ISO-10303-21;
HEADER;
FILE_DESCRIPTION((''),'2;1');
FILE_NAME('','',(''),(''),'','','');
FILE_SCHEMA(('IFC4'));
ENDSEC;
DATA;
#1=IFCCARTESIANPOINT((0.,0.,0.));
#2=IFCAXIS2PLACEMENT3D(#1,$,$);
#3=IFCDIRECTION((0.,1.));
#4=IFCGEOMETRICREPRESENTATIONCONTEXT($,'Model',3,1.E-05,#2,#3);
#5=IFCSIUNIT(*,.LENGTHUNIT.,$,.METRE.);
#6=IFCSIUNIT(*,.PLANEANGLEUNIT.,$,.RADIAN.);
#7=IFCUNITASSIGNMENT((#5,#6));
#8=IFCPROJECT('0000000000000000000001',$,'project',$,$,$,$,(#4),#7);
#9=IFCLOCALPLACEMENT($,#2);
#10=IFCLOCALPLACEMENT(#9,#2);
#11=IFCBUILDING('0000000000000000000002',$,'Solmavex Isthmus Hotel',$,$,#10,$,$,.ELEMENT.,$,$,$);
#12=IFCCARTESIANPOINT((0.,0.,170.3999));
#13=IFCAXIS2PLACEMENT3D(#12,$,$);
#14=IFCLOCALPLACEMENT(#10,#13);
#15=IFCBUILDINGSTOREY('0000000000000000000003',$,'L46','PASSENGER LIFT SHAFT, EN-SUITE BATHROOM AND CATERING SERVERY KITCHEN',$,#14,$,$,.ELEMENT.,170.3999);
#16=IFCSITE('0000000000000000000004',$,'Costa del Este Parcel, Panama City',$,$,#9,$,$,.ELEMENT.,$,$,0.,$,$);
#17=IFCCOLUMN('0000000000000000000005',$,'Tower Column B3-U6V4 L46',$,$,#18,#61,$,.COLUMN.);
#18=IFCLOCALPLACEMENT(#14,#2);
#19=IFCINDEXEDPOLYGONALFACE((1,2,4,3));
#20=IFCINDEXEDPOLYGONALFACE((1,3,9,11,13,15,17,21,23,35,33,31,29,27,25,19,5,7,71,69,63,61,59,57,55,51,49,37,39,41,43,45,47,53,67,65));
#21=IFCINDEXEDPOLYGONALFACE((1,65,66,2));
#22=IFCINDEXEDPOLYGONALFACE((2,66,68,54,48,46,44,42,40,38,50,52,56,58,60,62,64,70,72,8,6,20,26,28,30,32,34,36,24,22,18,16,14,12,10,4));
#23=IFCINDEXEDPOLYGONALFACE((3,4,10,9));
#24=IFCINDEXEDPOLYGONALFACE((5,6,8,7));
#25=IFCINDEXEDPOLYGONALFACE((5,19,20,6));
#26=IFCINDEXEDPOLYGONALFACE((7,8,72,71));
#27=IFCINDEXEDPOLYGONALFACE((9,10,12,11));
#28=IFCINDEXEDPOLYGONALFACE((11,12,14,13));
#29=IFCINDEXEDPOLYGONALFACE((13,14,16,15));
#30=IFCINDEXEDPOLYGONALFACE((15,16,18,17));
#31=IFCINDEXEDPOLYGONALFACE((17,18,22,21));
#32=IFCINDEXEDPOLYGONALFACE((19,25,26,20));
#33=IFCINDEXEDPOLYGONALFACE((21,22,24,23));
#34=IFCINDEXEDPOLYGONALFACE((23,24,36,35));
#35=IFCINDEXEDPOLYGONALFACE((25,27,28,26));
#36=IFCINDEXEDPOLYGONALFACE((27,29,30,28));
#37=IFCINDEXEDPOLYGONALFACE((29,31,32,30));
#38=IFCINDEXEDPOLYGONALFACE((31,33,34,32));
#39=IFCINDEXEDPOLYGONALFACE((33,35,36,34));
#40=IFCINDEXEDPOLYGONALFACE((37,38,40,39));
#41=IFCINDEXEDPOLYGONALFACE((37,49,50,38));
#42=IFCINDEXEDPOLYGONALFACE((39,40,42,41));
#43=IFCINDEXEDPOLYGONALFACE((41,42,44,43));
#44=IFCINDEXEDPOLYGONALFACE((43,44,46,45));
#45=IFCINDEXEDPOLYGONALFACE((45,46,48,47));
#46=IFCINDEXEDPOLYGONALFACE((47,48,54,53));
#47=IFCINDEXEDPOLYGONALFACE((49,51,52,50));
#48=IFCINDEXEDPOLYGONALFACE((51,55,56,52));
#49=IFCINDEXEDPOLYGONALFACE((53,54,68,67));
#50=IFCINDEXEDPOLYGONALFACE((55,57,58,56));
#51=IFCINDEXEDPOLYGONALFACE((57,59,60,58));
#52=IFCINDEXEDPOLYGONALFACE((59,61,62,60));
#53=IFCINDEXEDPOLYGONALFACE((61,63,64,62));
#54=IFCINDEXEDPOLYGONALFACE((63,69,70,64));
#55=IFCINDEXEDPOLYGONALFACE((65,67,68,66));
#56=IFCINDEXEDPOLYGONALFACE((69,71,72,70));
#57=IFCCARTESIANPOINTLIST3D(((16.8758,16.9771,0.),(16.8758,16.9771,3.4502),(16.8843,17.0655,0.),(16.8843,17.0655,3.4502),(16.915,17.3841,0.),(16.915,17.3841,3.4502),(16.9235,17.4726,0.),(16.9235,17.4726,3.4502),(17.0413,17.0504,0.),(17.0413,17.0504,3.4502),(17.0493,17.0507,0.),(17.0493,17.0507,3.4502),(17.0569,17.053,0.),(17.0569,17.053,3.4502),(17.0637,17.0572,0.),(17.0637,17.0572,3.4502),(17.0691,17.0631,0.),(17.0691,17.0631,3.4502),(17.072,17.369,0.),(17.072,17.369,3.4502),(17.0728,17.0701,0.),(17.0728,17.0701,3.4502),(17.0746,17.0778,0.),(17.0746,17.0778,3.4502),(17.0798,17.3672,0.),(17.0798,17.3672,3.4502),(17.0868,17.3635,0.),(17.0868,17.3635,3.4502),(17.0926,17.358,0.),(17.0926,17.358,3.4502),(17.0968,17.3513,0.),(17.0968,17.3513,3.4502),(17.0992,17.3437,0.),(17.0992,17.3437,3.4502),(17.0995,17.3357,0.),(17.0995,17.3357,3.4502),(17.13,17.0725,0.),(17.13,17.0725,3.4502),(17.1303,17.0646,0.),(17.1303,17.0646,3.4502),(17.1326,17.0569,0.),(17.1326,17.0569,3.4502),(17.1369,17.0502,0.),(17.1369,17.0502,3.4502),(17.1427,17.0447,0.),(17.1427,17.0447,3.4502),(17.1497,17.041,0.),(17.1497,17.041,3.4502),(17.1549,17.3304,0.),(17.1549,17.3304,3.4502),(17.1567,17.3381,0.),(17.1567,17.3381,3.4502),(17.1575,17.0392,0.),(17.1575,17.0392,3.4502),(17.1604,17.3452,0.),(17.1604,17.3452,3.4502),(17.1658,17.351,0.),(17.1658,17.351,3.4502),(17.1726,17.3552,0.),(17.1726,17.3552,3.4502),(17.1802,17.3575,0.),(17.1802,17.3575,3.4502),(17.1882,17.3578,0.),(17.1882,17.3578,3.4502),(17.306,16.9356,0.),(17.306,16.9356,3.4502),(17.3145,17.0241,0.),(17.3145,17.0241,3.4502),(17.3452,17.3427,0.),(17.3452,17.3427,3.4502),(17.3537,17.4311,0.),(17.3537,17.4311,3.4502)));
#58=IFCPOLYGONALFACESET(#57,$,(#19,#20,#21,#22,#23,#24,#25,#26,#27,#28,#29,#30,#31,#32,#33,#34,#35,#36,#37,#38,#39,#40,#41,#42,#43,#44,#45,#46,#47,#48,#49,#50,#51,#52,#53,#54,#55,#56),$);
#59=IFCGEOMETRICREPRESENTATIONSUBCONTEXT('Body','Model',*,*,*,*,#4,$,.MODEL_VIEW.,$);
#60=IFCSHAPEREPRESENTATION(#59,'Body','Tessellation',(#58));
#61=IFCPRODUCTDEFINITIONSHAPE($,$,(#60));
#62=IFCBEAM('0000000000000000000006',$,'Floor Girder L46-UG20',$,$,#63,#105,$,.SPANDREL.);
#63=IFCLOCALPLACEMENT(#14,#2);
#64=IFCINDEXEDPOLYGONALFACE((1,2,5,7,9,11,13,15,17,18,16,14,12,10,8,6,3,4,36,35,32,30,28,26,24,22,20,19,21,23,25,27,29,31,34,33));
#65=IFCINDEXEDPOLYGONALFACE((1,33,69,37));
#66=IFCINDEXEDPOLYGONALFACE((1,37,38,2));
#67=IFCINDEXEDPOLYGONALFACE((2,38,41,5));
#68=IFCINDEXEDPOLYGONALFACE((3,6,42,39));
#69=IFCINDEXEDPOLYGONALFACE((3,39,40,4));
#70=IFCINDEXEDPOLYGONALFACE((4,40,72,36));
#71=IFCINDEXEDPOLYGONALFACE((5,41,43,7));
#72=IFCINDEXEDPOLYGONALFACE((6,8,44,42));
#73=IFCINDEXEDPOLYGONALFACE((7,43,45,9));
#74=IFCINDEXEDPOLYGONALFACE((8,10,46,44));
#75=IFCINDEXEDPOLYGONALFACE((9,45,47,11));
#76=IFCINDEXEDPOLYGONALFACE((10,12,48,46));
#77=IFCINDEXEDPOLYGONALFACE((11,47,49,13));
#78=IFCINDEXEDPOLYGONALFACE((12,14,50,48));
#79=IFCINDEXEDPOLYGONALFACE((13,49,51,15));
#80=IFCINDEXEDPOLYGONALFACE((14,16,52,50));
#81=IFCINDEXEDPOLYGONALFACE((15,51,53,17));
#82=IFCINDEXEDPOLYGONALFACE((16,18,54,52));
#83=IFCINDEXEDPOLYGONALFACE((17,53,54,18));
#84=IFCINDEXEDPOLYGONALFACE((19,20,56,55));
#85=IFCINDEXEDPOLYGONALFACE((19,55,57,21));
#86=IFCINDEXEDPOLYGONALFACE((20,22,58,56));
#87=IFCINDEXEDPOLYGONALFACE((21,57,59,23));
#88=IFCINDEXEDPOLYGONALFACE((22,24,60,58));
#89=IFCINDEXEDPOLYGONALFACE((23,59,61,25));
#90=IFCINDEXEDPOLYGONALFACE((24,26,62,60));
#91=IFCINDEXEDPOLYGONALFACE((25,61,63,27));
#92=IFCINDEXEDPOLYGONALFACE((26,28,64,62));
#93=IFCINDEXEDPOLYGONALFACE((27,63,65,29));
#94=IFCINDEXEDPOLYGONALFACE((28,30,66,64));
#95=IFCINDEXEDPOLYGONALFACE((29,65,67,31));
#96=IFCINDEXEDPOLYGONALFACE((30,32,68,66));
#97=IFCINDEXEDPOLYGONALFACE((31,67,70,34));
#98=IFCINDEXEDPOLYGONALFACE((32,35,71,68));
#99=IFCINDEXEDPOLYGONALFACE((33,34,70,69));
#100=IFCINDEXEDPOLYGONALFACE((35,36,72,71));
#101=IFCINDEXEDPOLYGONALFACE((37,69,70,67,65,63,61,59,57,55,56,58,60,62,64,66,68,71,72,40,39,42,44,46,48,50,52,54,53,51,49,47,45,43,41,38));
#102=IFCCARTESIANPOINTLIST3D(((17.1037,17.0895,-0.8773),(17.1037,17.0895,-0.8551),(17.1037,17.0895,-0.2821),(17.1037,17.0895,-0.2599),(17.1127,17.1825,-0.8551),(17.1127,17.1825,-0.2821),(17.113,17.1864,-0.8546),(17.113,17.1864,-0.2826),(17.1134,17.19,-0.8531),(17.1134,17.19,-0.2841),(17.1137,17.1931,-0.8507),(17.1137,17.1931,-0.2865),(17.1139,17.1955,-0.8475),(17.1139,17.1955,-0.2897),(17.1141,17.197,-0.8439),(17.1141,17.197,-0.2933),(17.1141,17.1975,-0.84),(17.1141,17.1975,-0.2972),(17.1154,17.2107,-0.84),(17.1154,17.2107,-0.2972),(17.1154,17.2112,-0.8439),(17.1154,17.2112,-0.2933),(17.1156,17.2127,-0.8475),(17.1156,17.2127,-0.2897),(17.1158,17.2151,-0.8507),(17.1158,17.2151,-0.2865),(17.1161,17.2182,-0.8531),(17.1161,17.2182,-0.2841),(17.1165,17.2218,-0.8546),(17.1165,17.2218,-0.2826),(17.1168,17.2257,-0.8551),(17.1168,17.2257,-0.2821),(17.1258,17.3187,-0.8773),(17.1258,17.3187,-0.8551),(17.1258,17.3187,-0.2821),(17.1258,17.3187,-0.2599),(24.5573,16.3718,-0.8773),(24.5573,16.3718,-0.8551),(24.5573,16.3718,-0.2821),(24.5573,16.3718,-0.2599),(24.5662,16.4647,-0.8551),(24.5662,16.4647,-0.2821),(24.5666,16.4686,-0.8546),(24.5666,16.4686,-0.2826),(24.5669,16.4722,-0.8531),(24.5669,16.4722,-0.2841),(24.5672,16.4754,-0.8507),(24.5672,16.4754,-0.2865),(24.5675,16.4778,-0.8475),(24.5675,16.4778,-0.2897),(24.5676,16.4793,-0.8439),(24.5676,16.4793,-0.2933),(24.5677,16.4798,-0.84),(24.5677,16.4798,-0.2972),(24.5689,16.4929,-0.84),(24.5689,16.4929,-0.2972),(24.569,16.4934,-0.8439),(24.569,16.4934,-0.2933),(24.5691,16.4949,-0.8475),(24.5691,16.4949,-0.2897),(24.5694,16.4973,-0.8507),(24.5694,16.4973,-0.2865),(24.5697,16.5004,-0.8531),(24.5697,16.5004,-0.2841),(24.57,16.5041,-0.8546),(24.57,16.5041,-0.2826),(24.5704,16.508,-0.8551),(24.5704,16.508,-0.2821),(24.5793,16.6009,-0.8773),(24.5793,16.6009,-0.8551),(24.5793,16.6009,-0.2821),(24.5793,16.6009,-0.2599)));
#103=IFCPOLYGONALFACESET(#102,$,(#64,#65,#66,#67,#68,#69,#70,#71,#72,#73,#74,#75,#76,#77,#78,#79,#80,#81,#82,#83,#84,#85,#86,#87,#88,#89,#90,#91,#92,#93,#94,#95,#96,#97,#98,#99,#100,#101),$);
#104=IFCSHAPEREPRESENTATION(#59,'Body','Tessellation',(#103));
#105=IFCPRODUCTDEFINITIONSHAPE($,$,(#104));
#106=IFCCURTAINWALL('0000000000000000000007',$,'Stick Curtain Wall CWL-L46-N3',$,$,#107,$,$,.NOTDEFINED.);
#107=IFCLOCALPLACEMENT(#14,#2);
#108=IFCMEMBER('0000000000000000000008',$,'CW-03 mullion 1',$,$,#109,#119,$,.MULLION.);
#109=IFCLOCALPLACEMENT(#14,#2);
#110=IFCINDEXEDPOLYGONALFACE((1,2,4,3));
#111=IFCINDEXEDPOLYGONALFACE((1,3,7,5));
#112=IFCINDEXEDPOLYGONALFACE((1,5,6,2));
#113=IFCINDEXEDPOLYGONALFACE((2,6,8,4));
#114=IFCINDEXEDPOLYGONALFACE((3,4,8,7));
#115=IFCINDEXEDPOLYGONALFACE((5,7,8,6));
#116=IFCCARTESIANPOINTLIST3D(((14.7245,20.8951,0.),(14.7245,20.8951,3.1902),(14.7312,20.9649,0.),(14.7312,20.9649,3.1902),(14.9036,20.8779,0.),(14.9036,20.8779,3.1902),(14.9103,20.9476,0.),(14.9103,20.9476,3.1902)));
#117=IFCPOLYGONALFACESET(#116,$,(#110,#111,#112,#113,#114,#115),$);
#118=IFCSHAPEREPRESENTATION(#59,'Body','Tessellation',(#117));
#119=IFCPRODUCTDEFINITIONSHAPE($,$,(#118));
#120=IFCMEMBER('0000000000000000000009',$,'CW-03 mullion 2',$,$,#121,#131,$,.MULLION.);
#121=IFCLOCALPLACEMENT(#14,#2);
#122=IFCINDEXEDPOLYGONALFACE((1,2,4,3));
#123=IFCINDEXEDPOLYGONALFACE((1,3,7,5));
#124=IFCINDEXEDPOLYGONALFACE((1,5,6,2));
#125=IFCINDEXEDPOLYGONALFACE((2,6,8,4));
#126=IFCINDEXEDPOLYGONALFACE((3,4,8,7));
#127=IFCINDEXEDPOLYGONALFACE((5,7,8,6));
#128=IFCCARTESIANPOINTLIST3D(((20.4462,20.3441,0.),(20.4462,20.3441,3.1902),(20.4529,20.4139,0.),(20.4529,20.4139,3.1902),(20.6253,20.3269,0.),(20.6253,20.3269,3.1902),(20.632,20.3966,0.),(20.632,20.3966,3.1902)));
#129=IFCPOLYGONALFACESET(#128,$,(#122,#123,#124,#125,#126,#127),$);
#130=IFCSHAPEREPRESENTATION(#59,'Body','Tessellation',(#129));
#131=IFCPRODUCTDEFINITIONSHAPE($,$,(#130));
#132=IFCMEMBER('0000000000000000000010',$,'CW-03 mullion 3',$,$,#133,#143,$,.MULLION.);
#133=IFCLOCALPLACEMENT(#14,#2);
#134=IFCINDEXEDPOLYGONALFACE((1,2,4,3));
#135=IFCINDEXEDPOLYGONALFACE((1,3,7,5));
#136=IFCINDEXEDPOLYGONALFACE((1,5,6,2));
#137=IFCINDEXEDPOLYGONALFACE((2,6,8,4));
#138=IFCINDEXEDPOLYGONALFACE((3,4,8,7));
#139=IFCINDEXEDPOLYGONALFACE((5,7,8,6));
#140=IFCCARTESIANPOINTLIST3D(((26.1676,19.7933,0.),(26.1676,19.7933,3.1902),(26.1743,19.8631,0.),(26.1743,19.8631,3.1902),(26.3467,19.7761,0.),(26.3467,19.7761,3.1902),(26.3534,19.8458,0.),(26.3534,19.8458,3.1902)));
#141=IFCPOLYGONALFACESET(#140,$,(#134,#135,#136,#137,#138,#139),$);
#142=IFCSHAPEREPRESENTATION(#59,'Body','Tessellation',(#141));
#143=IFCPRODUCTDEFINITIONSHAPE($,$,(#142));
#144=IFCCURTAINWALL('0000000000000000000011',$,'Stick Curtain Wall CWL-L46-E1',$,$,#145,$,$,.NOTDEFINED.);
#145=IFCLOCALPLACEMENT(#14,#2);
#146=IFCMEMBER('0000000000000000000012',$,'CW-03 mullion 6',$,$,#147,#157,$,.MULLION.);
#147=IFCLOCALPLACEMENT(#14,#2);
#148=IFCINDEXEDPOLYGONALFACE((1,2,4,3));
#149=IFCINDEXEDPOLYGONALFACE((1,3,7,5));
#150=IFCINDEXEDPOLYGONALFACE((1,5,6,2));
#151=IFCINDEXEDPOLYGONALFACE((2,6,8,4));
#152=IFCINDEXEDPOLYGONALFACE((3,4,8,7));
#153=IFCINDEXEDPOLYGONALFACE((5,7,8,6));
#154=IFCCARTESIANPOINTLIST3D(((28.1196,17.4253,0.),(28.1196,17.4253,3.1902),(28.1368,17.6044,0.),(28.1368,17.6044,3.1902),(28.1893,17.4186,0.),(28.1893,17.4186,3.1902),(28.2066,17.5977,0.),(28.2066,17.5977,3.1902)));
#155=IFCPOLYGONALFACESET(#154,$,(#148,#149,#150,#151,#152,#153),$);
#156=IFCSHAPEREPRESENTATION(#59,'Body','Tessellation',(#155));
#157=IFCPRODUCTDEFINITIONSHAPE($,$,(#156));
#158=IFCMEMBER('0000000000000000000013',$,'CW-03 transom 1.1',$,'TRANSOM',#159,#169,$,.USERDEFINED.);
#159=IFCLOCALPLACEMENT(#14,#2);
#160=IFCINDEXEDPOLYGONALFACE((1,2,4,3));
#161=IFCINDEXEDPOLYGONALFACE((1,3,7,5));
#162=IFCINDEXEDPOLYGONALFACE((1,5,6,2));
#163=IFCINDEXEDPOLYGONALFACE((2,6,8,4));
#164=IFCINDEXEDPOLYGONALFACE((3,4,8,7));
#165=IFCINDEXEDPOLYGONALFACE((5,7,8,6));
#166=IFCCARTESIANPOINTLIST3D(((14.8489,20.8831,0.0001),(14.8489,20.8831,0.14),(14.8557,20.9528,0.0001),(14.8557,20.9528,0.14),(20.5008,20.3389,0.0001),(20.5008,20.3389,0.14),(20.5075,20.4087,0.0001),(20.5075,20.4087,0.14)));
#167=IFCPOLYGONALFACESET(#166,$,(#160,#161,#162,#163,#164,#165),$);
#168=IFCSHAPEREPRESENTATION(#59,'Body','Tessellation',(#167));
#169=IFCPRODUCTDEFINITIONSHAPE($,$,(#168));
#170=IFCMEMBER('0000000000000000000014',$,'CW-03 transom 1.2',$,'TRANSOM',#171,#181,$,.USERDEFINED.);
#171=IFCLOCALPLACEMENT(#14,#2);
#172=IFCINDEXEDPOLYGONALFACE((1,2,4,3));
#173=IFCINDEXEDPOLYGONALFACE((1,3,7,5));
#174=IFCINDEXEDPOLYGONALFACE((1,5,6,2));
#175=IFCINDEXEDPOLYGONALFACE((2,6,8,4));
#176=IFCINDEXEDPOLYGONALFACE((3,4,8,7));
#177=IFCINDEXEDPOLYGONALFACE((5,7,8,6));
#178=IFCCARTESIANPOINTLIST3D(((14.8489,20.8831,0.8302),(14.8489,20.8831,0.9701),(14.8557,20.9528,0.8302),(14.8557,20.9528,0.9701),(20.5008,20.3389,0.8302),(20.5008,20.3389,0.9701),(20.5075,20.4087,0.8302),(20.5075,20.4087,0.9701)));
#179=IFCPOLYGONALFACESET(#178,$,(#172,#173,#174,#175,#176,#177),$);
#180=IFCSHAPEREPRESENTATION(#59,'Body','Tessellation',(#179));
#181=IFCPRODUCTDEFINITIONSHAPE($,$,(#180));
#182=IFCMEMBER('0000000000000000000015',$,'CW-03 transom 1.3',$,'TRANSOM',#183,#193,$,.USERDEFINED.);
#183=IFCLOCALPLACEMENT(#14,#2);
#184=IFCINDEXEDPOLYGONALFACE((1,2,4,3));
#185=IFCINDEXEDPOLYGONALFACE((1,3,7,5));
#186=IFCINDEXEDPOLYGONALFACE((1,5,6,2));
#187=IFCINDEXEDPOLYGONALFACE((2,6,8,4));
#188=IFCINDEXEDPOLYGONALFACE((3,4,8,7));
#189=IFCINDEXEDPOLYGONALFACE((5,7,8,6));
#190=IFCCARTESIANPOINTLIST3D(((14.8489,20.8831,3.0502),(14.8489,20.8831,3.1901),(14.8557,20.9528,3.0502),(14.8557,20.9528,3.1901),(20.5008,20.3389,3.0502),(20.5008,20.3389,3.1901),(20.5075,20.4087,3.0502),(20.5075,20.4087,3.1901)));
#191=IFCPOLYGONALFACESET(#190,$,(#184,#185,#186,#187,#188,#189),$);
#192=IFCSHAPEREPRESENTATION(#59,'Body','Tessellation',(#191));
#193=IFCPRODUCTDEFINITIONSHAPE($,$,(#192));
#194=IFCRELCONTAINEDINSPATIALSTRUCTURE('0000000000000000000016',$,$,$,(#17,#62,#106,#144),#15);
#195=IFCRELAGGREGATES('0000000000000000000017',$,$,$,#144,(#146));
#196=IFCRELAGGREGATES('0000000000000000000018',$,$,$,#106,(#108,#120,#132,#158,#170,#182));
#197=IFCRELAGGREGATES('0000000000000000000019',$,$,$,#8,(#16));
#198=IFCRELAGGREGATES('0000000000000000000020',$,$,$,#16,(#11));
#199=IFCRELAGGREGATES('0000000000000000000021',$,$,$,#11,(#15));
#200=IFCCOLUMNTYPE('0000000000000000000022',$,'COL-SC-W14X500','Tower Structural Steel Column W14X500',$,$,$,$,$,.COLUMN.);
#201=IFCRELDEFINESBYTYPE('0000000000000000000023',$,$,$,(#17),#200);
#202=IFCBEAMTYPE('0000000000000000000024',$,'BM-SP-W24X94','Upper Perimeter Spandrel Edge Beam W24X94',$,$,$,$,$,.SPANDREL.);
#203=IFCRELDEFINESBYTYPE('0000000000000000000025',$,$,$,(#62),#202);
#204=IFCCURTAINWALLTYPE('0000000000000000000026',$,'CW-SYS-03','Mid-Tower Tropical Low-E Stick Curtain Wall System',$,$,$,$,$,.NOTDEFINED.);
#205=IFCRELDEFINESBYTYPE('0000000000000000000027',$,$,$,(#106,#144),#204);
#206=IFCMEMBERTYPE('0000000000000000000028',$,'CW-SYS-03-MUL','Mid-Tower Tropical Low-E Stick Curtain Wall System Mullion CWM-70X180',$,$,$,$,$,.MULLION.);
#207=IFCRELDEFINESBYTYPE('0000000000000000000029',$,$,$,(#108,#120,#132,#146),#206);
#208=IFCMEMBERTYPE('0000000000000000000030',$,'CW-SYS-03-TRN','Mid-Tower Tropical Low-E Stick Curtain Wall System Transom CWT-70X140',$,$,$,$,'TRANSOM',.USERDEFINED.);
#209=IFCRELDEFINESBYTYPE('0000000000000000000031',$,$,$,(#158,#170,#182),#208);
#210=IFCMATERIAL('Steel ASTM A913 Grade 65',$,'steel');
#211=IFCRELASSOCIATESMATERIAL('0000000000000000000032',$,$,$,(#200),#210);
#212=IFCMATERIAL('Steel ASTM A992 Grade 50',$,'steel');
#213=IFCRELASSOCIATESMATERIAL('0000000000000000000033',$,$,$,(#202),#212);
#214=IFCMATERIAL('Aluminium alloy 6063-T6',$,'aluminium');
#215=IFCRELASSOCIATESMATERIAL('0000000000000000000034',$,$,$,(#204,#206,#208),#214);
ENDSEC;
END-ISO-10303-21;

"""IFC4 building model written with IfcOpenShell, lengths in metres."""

from ifc_helpers import new_model, si_unit, direction, frame, origin, origin_2d, place, context, subcontext, project, spatial, rectangle, i_section, extrude, material, material_profile, profile_set, type_object, element, aggregate, save


model = new_model("IFC4")

# Units and contexts
model_context = context("Model", 3, precision=1e-05, world=origin(), true_north=direction((0.0, 1.0)))
body_context = subcontext(model_context, "Body", "Model", "MODEL_VIEW")
ifc_project = project(units=[si_unit("LENGTHUNIT", "METRE"), si_unit("PLANEANGLEUNIT", "RADIAN")], contexts=[model_context])

# Site, building, storey
site_placement = place(None, origin())
site = spatial("IfcSite", under=ifc_project, at=site_placement, Name="Costa del Este Parcel, Panama City", CompositionType="ELEMENT", RefElevation=0.0)
building_placement = place(site_placement, origin())
building = spatial("IfcBuilding", under=site, at=building_placement, Name="Solmavex Isthmus Hotel", CompositionType="ELEMENT")
storey_placement = place(building_placement, frame((0.0, 0.0, 170.3999)))
storey = spatial("IfcBuildingStorey", under=building, at=storey_placement, Name="L46", Description="PASSENGER LIFT SHAFT, EN-SUITE BATHROOM AND CATERING SERVERY KITCHEN", CompositionType="ELEMENT", Elevation=170.3999)

# Column
ifc_material_1 = material(Name="Steel ASTM A913 Grade 65", Category="steel")
ifc_material_profile_1 = material_profile(ifc_material_1, i_section(OverallWidth=0.4321, OverallDepth=0.4978, WebThickness=0.0557, FlangeThickness=0.0889, FilletRadius=0.0305, at=origin_2d()), Name="W14X500")
ifc_profile_set_1 = profile_set([ifc_material_profile_1], Name="Steel ASTM A913 Grade 65")
column_type = type_object("IfcColumnType", Name="COL-SC-W14X500", Description="Tower Structural Steel Column W14X500", PredefinedType="COLUMN", material=ifc_profile_set_1)
column_placement = place(storey_placement, frame((17.1147, 17.2041, 0.0), z_axis=(0.0, 0.0, 1.0), x_axis=(0.995396, -0.095846, 0.0)))
element("IfcColumn", 1, at=column_placement, inside=storey, type_object=column_type, Name="Tower Column B3-U6V4 L46", PredefinedType="COLUMN", context=body_context, shape_type="SweptSolid", body=[
    extrude(i_section(OverallWidth=0.4321, OverallDepth=0.4978, WebThickness=0.0557, FlangeThickness=0.0889, FilletRadius=0.0305, at=origin_2d()), origin(), (0.0, 0.0, 1.0), 3.4502),
])

# Beam
ifc_material_2 = material(Name="Steel ASTM A992 Grade 50", Category="steel")
ifc_material_profile_2 = material_profile(ifc_material_2, i_section(OverallWidth=0.2302, OverallDepth=0.6174, WebThickness=0.0132, FlangeThickness=0.0222, FilletRadius=0.0151, at=origin_2d()), Name="W24X94")
ifc_profile_set_2 = profile_set([ifc_material_profile_2], Name="Steel ASTM A992 Grade 50")
beam_type = type_object("IfcBeamType", Name="BM-SP-W24X94", Description="Upper Perimeter Spandrel Edge Beam W24X94", PredefinedType="SPANDREL", material=ifc_profile_set_2)
beam_placement = place(storey_placement, frame((17.1147, 17.2041, -0.5686), z_axis=(0.995395, -0.095855, 0.0), x_axis=(0.095855, 0.995395, 0.0)))
element("IfcBeam", 2, at=beam_placement, inside=storey, type_object=beam_type, Name="Floor Girder L46-UG20", PredefinedType="SPANDREL", context=body_context, shape_type="SweptSolid", body=[
    extrude(i_section(OverallWidth=0.2302, OverallDepth=0.6174, WebThickness=0.0132, FlangeThickness=0.0222, FilletRadius=0.0151, at=origin_2d()), origin(), (0.0, 0.0, 1.0), 7.488),
])

# Curtain wall, members
ifc_material_3 = material(Name="Aluminium alloy 6063-T6", Category="aluminium")
curtain_wall_type = type_object("IfcCurtainWallType", Name="CW-SYS-03", Description="Mid-Tower Tropical Low-E Stick Curtain Wall System", PredefinedType="NOTDEFINED", material=ifc_material_3)
curtain_wall_1_placement = place(storey_placement, origin())
curtain_wall_1 = element("IfcCurtainWall", 3, at=curtain_wall_1_placement, inside=storey, type_object=curtain_wall_type, Name="Stick Curtain Wall CWL-L46-N3", PredefinedType="NOTDEFINED")
ifc_material_profile_3 = material_profile(ifc_material_3, rectangle(XDim=0.0701, YDim=0.1799, at=origin_2d()), Name="CWM-70X180")
ifc_profile_set_3 = profile_set([ifc_material_profile_3], Name="Aluminium alloy 6063-T6")
member_type_1 = type_object("IfcMemberType", Name="CW-SYS-03-MUL", Description="Mid-Tower Tropical Low-E Stick Curtain Wall System Mullion CWM-70X180", PredefinedType="MULLION", material=ifc_profile_set_3)
member_1_placement = place(storey_placement, frame((14.8174, 20.9214, 0.0), z_axis=(0.0, 0.0, 1.0), x_axis=(0.095846, 0.995396, 0.0)))
member_1 = element("IfcMember", 4, at=member_1_placement, type_object=member_type_1, Name="CW-03 mullion 1", PredefinedType="MULLION", context=body_context, shape_type="SweptSolid", body=[
    extrude(rectangle(XDim=0.0701, YDim=0.1799, at=origin_2d()), origin(), (0.0, 0.0, 1.0), 3.1902),
])
member_2_placement = place(storey_placement, frame((20.5391, 20.3704, 0.0), z_axis=(0.0, 0.0, 1.0), x_axis=(0.095846, 0.995396, 0.0)))
member_2 = element("IfcMember", 5, at=member_2_placement, type_object=member_type_1, Name="CW-03 mullion 2", PredefinedType="MULLION", context=body_context, shape_type="SweptSolid", body=[
    extrude(rectangle(XDim=0.0701, YDim=0.1799, at=origin_2d()), origin(), (0.0, 0.0, 1.0), 3.1902),
])
member_3_placement = place(storey_placement, frame((26.2605, 19.8196, 0.0), z_axis=(0.0, 0.0, 1.0), x_axis=(0.095846, 0.995396, 0.0)))
member_3 = element("IfcMember", 6, at=member_3_placement, type_object=member_type_1, Name="CW-03 mullion 3", PredefinedType="MULLION", context=body_context, shape_type="SweptSolid", body=[
    extrude(rectangle(XDim=0.0701, YDim=0.1799, at=origin_2d()), origin(), (0.0, 0.0, 1.0), 3.1902),
])

# Curtain wall, member
curtain_wall_2_placement = place(storey_placement, origin())
curtain_wall_2 = element("IfcCurtainWall", 7, at=curtain_wall_2_placement, inside=storey, type_object=curtain_wall_type, Name="Stick Curtain Wall CWL-L46-E1", PredefinedType="NOTDEFINED")
member_4_placement = place(storey_placement, frame((28.1631, 17.5115, 0.0), z_axis=(0.0, 0.0, 1.0), x_axis=(-0.995396, 0.095846, 0.0)))
member_4 = element("IfcMember", 8, at=member_4_placement, type_object=member_type_1, Name="CW-03 mullion 6", PredefinedType="MULLION", context=body_context, shape_type="SweptSolid", body=[
    extrude(rectangle(XDim=0.0701, YDim=0.1799, at=origin_2d()), origin(), (0.0, 0.0, 1.0), 3.1902),
])
aggregate(curtain_wall_2, [member_4])

# Members
ifc_material_profile_4 = material_profile(ifc_material_3, rectangle(XDim=0.0701, YDim=0.1399, at=origin_2d()), Name="CWT-70X140")
ifc_profile_set_4 = profile_set([ifc_material_profile_4], Name="Aluminium alloy 6063-T6")
member_type_2 = type_object("IfcMemberType", Name="CW-SYS-03-TRN", Description="Mid-Tower Tropical Low-E Stick Curtain Wall System Transom CWT-70X140", ElementType="TRANSOM", PredefinedType="USERDEFINED", material=ifc_profile_set_4)
member_5_placement = place(storey_placement, frame((14.8523, 20.918, 0.0701), z_axis=(0.995397, -0.095842, 0.0), x_axis=(0.095842, 0.995397, 0.0)))
member_5 = element("IfcMember", 9, at=member_5_placement, type_object=member_type_2, Name="CW-03 transom 1.1", ObjectType="TRANSOM", PredefinedType="USERDEFINED", context=body_context, shape_type="SweptSolid", body=[
    extrude(rectangle(XDim=0.0701, YDim=0.1399, at=origin_2d()), origin(), (0.0, 0.0, 1.0), 5.678),
])
member_6_placement = place(storey_placement, frame((14.8523, 20.918, 0.9001), z_axis=(0.995397, -0.095842, 0.0), x_axis=(0.095842, 0.995397, 0.0)))
member_6 = element("IfcMember", 10, at=member_6_placement, type_object=member_type_2, Name="CW-03 transom 1.2", ObjectType="TRANSOM", PredefinedType="USERDEFINED", context=body_context, shape_type="SweptSolid", body=[
    extrude(rectangle(XDim=0.0701, YDim=0.1399, at=origin_2d()), origin(), (0.0, 0.0, 1.0), 5.678),
])
member_7_placement = place(storey_placement, frame((14.8523, 20.918, 3.1201), z_axis=(0.995397, -0.095842, 0.0), x_axis=(0.095842, 0.995397, 0.0)))
member_7 = element("IfcMember", 11, at=member_7_placement, type_object=member_type_2, Name="CW-03 transom 1.3", ObjectType="TRANSOM", PredefinedType="USERDEFINED", context=body_context, shape_type="SweptSolid", body=[
    extrude(rectangle(XDim=0.0701, YDim=0.1399, at=origin_2d()), origin(), (0.0, 0.0, 1.0), 5.678),
])

aggregate(curtain_wall_1, [member_1, member_2, member_3, member_5, member_6, member_7])

save(model, "model.ifc")
